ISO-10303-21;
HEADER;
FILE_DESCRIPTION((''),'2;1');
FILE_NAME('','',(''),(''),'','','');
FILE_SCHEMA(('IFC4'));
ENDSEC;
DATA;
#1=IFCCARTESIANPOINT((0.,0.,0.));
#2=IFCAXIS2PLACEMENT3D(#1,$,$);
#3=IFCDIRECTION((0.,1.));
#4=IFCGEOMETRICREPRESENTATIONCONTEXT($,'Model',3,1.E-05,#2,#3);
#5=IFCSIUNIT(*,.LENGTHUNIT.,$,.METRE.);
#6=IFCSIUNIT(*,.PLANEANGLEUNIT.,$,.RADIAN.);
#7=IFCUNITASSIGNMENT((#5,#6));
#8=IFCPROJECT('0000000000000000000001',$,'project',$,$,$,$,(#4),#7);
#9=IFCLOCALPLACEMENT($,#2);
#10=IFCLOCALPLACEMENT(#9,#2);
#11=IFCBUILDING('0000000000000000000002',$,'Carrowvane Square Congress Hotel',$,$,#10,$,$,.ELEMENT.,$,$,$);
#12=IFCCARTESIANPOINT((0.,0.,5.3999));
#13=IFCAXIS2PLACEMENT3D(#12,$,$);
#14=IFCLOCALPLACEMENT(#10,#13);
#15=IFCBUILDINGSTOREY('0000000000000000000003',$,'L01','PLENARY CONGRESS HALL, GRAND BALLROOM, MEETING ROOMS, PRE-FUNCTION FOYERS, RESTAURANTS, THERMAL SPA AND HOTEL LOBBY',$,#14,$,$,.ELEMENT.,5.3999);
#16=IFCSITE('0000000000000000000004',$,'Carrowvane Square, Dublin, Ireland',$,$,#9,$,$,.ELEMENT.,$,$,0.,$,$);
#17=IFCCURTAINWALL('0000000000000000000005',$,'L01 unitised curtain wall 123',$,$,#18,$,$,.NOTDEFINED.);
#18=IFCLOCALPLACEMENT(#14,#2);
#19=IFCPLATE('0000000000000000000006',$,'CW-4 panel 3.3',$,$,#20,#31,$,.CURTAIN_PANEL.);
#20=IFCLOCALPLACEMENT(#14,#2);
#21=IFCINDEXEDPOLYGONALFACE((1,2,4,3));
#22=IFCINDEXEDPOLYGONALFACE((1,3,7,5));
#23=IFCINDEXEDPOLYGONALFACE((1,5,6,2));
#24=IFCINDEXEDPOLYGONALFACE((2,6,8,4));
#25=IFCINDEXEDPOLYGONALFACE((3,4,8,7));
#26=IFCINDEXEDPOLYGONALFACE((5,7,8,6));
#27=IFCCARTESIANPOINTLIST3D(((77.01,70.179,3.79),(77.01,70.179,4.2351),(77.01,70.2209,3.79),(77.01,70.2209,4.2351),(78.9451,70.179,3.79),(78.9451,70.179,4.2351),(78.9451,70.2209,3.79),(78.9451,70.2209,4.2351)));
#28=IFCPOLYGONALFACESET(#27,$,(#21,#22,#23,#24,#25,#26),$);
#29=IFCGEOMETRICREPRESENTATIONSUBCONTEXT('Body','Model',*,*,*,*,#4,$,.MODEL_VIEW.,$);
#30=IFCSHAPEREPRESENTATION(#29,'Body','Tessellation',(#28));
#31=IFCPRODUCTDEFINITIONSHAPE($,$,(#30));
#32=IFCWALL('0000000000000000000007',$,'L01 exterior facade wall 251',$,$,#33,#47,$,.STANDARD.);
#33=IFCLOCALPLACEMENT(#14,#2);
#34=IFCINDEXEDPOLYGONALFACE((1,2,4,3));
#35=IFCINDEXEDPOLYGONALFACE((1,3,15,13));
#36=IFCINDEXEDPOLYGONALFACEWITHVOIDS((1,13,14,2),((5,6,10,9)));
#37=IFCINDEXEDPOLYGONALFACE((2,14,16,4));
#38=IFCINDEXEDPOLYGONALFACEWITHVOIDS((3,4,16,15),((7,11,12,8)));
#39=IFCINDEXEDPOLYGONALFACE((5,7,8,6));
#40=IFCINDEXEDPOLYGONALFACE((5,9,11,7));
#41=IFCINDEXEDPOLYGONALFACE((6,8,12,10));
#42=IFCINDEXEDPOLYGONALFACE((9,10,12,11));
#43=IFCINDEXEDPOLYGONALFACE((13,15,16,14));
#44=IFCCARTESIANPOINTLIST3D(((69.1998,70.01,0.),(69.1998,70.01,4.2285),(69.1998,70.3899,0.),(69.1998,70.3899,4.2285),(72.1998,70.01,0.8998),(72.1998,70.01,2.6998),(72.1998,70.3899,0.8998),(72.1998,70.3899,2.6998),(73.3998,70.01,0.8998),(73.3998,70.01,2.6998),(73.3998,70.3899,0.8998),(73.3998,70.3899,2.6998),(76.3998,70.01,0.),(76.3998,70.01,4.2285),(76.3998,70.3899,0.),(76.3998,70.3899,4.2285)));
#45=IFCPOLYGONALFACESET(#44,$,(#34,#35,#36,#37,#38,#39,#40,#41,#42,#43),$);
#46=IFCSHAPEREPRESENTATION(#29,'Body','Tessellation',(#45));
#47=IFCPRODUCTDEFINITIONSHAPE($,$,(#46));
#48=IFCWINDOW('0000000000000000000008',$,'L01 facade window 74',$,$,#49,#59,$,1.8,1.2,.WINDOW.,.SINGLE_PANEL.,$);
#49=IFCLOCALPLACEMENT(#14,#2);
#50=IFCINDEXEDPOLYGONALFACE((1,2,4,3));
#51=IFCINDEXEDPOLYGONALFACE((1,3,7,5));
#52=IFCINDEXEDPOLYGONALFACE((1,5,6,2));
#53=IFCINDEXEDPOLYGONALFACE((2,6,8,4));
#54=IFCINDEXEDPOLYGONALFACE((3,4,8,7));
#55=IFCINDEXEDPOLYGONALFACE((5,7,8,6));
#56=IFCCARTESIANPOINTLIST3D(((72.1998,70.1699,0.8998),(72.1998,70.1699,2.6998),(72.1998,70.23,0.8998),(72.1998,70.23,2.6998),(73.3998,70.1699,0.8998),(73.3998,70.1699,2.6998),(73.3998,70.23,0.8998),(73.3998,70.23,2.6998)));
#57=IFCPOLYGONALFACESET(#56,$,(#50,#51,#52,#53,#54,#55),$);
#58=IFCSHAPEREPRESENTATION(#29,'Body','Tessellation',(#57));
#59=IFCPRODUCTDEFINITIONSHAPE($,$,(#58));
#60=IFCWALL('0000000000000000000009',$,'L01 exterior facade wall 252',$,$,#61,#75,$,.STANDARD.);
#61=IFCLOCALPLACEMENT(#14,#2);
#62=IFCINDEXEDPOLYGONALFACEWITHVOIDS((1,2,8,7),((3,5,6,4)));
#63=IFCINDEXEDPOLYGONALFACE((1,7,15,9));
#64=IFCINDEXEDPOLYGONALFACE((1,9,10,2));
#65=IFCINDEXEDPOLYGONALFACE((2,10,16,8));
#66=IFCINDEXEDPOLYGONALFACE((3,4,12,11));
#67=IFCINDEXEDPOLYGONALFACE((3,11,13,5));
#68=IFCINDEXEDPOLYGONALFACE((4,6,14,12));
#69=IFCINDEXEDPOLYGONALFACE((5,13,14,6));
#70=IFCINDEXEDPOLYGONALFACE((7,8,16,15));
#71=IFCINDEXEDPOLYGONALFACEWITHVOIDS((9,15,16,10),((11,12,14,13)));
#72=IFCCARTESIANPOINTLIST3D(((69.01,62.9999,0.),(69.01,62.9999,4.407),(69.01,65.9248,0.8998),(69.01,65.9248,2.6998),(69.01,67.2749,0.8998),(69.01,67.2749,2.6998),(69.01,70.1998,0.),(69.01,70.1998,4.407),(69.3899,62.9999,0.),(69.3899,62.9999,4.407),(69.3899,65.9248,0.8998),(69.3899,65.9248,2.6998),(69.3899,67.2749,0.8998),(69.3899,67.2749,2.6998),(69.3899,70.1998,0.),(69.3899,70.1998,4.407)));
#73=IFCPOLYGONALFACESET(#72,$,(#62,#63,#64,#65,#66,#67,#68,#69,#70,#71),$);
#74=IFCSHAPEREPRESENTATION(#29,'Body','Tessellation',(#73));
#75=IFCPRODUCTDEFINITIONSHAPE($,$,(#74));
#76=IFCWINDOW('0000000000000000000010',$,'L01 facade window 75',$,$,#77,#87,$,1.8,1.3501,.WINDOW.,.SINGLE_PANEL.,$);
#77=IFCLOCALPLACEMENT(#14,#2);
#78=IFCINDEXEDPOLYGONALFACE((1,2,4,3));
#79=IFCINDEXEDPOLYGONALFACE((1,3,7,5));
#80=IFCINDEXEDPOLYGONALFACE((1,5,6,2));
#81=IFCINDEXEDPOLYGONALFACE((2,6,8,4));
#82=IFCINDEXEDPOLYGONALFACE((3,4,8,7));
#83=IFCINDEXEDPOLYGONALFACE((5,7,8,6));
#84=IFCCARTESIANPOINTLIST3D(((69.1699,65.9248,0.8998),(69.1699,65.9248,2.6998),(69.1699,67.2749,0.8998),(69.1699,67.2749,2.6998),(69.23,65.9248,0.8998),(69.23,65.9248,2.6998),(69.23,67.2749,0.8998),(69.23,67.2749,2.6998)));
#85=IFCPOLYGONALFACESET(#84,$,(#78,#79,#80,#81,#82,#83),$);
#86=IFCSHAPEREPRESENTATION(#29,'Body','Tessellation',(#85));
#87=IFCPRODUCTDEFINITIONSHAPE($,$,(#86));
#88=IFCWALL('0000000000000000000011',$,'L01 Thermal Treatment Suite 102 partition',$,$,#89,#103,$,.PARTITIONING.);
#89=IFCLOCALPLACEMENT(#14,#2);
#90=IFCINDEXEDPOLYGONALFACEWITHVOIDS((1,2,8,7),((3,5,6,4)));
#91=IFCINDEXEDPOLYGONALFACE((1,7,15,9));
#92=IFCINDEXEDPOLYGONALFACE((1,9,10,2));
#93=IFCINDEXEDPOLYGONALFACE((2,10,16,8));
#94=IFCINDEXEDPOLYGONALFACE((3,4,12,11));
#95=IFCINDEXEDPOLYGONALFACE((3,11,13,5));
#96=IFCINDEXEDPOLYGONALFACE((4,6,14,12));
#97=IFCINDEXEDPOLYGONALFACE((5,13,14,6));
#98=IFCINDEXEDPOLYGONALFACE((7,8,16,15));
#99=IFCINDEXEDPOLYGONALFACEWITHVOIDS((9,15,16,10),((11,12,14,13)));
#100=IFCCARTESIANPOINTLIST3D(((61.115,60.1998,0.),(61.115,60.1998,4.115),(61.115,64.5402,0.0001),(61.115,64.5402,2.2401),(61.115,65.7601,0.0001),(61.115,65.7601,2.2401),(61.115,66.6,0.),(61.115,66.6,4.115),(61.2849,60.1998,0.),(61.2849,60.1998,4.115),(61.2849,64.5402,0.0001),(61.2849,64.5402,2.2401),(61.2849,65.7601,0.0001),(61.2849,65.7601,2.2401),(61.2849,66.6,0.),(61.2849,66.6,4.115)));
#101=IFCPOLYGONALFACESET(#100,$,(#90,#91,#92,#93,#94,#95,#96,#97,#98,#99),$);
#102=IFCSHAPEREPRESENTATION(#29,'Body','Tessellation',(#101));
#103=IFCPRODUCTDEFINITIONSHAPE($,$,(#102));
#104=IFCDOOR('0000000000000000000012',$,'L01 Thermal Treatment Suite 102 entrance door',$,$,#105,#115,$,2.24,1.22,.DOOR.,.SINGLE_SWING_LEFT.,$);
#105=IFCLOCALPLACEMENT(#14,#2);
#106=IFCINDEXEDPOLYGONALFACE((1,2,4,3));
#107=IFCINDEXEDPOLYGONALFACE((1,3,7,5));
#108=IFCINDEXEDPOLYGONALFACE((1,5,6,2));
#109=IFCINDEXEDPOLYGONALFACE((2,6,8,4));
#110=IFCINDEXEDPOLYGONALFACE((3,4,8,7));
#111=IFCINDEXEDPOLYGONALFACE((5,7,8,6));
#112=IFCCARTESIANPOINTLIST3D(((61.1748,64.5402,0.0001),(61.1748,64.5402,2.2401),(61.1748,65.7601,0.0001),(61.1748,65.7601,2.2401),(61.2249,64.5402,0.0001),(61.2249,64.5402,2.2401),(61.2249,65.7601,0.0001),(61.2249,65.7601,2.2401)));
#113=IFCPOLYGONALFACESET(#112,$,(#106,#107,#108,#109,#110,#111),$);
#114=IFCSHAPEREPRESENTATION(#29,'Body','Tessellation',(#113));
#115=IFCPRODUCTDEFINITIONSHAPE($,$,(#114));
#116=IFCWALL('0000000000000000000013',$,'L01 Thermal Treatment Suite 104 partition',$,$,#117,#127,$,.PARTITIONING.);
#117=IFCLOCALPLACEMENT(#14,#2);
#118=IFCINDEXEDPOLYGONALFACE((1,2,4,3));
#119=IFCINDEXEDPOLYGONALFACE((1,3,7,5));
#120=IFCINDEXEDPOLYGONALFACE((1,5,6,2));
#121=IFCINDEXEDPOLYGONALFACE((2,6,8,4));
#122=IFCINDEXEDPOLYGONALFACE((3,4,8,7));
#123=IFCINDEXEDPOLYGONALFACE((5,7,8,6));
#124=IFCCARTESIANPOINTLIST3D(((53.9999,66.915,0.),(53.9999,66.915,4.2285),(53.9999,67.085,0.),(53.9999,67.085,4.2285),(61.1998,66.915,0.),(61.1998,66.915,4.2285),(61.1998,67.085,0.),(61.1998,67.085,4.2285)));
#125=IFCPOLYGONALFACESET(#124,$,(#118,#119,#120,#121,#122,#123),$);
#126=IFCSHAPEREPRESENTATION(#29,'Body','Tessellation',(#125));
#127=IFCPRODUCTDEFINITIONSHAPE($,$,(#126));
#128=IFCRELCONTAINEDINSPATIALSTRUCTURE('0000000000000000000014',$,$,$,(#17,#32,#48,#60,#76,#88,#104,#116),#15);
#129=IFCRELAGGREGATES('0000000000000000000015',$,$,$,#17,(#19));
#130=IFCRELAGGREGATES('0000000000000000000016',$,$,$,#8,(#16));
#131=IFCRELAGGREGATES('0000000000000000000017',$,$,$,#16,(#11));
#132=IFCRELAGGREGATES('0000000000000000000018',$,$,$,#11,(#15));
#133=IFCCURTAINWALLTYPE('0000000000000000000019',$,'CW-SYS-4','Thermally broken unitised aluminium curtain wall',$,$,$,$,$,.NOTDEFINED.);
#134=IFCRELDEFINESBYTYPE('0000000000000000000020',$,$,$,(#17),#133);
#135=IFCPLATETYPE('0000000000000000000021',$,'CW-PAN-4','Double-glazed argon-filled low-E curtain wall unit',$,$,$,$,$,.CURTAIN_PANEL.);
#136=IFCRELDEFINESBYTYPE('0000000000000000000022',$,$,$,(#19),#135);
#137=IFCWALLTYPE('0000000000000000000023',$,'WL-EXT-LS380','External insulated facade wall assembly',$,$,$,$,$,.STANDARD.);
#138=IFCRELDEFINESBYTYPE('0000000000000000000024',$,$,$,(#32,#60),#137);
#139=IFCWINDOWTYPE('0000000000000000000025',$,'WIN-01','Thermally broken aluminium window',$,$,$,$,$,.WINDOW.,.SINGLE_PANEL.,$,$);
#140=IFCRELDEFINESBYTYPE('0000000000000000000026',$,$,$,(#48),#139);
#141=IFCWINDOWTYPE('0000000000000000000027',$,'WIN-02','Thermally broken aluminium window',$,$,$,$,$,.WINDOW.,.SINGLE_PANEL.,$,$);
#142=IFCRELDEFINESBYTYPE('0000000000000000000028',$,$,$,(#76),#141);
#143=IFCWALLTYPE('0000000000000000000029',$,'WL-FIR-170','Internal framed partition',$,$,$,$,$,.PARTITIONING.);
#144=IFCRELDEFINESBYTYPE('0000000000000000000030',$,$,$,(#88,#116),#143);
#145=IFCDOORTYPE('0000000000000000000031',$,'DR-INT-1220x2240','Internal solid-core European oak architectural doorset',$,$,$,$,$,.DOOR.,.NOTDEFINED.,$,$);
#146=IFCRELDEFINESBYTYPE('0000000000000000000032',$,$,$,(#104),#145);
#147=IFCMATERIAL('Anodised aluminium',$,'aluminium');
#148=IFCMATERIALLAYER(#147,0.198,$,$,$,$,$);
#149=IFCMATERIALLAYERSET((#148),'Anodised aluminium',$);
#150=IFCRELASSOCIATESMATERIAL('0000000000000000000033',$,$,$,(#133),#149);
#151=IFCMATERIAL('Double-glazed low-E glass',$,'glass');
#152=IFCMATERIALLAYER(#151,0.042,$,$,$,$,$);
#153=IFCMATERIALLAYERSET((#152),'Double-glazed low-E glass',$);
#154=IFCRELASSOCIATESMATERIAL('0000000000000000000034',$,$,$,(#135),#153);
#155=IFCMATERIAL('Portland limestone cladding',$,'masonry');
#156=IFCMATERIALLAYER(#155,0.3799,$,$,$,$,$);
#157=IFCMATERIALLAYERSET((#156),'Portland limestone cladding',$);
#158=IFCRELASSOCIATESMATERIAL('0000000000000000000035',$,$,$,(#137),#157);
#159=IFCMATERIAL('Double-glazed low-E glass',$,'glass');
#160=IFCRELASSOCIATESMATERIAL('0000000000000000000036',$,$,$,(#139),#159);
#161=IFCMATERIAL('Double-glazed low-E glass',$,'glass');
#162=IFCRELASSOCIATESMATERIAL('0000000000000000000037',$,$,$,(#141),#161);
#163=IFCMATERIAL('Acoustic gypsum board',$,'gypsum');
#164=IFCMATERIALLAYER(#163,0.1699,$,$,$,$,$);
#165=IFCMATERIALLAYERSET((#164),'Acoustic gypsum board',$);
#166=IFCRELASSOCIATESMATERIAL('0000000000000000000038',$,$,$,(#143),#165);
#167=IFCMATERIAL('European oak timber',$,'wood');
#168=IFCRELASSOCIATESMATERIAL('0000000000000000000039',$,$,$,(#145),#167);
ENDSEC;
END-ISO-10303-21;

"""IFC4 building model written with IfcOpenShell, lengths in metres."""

from ifc_helpers import new_model, si_unit, direction, frame, frame_2d, origin, origin_2d, place, context, subcontext, project, spatial, rectangle, extrude, material, layer, layer_set, type_object, element, fill, aggregate, save


model = new_model("IFC4")

# Units and contexts
model_context = context("Model", 3, precision=1e-05, world=origin(), true_north=direction((0.0, 1.0)))
body_context = subcontext(model_context, "Body", "Model", "MODEL_VIEW")
ifc_project = project(units=[si_unit("LENGTHUNIT", "METRE"), si_unit("PLANEANGLEUNIT", "RADIAN")], contexts=[model_context])

# Site, building, storey
site_placement = place(None, origin())
site = spatial("IfcSite", under=ifc_project, at=site_placement, Name="Carrowvane Square, Dublin, Ireland", CompositionType="ELEMENT", RefElevation=0.0)
building_placement = place(site_placement, origin())
building = spatial("IfcBuilding", under=site, at=building_placement, Name="Carrowvane Square Congress Hotel", CompositionType="ELEMENT")
storey_placement = place(building_placement, frame((0.0, 0.0, 5.3999)))
storey = spatial("IfcBuildingStorey", under=building, at=storey_placement, Name="L01", Description="PLENARY CONGRESS HALL, GRAND BALLROOM, MEETING ROOMS, PRE-FUNCTION FOYERS, RESTAURANTS, THERMAL SPA AND HOTEL LOBBY", CompositionType="ELEMENT", Elevation=5.3999)

# Curtain wall, plate
ifc_material_1 = material(Name="Anodised aluminium", Category="aluminium")
ifc_layer_1 = layer(ifc_material_1, 0.198)
ifc_layer_set_1 = layer_set([ifc_layer_1], Name="Anodised aluminium")
curtain_wall_type = type_object("IfcCurtainWallType", Name="CW-SYS-4", Description="Thermally broken unitised aluminium curtain wall", PredefinedType="NOTDEFINED", material=ifc_layer_set_1)
curtain_wall_placement = place(storey_placement, origin())
curtain_wall = element("IfcCurtainWall", 1, at=curtain_wall_placement, inside=storey, type_object=curtain_wall_type, Name="L01 unitised curtain wall 123", PredefinedType="NOTDEFINED")
ifc_material_2 = material(Name="Double-glazed low-E glass", Category="glass")
ifc_layer_2 = layer(ifc_material_2, 0.042)
ifc_layer_set_2 = layer_set([ifc_layer_2], Name="Double-glazed low-E glass")
plate_type = type_object("IfcPlateType", Name="CW-PAN-4", Description="Double-glazed argon-filled low-E curtain wall unit", PredefinedType="CURTAIN_PANEL", material=ifc_layer_set_2)
plate_1_placement = place(storey_placement, frame((77.9775, 70.2, 3.79), z_axis=(0.0, 0.0, 1.0), x_axis=(-1.0, 0.0, 0.0)))
plate_1 = element("IfcPlate", 2, at=plate_1_placement, type_object=plate_type, Name="CW-4 panel 3.3", PredefinedType="CURTAIN_PANEL", context=body_context, shape_type="SweptSolid", body=[
    extrude(rectangle(XDim=1.9351, YDim=0.042, at=origin_2d()), origin(), (0.0, 0.0, 1.0), 0.4451),
])
aggregate(curtain_wall, [plate_1])

# Walls, openings, windows
ifc_material_3 = material(Name="Portland limestone cladding", Category="masonry")
ifc_layer_3 = layer(ifc_material_3, 0.3799)
ifc_layer_set_3 = layer_set([ifc_layer_3], Name="Portland limestone cladding")
wall_type_1 = type_object("IfcWallType", Name="WL-EXT-LS380", Description="External insulated facade wall assembly", PredefinedType="STANDARD", material=ifc_layer_set_3)
wall_1_placement = place(storey_placement, frame((76.3999, 70.2, 0.0), z_axis=(0.0, 0.0, 1.0), x_axis=(-1.0, 0.0, 0.0)))
wall_1 = element("IfcWall", 3, at=wall_1_placement, inside=storey, type_object=wall_type_1, Name="L01 exterior facade wall 251", PredefinedType="STANDARD", context=body_context, shape_type="SweptSolid", body=[
    extrude(rectangle(XDim=7.2, YDim=0.3799, at=frame_2d((3.6001, 0.0))), origin(), (0.0, 0.0, 1.0), 4.2285),
])
opening_1_placement = place(wall_1_placement, frame((3.0, 0.0, 0.8999)))
opening_1 = element("IfcOpeningElement", 4, at=opening_1_placement, cuts=wall_1, PredefinedType="OPENING", context=body_context, shape_type="SweptSolid", body=[
    extrude(rectangle(XDim=1.2, YDim=1.8, at=frame_2d((0.6001, 0.8999))), frame((0.0, 0.2, 0.0), z_axis=(0.0, -1.0, 0.0), x_axis=(1.0, 0.0, 0.0)), (0.0, 0.0, 1.0), 0.3999),
])
ifc_material_4 = material(Name="Double-glazed low-E glass", Category="glass")
window_type_1 = type_object("IfcWindowType", Name="WIN-01", Description="Thermally broken aluminium window", PartitioningType="SINGLE_PANEL", PredefinedType="WINDOW", material=ifc_material_4)
window_1_placement = place(opening_1_placement, origin())
window_1 = element("IfcWindow", 5, at=window_1_placement, inside=storey, type_object=window_type_1, Name="L01 facade window 74", OverallHeight=1.8, OverallWidth=1.2, PartitioningType="SINGLE_PANEL", PredefinedType="WINDOW", context=body_context, shape_type="SweptSolid", body=[
    extrude(rectangle(XDim=1.2, YDim=1.8, at=frame_2d((0.6001, 0.8999))), frame((0.0, 0.03, 0.0), z_axis=(0.0, -1.0, 0.0), x_axis=(1.0, 0.0, 0.0)), (0.0, 0.0, 1.0), 0.0601),
])
fill(opening_1, window_1)
wall_2_placement = place(storey_placement, frame((69.2, 70.2, 0.0), z_axis=(0.0, 0.0, 1.0), x_axis=(0.0, -1.0, 0.0)))
wall_2 = element("IfcWall", 6, at=wall_2_placement, inside=storey, type_object=wall_type_1, Name="L01 exterior facade wall 252", PredefinedType="STANDARD", context=body_context, shape_type="SweptSolid", body=[
    extrude(rectangle(XDim=7.2, YDim=0.3799, at=frame_2d((3.6001, 0.0))), origin(), (0.0, 0.0, 1.0), 4.407),
])
opening_2_placement = place(wall_2_placement, frame((2.925, 0.0, 0.8999)))
opening_2 = element("IfcOpeningElement", 7, at=opening_2_placement, cuts=wall_2, PredefinedType="OPENING", context=body_context, shape_type="SweptSolid", body=[
    extrude(rectangle(XDim=1.3501, YDim=1.8, at=frame_2d((0.675, 0.8999))), frame((0.0, 0.2, 0.0), z_axis=(0.0, -1.0, 0.0), x_axis=(1.0, 0.0, 0.0)), (0.0, 0.0, 1.0), 0.3999),
])
ifc_material_5 = material(Name="Double-glazed low-E glass", Category="glass")
window_type_2 = type_object("IfcWindowType", Name="WIN-02", Description="Thermally broken aluminium window", PartitioningType="SINGLE_PANEL", PredefinedType="WINDOW", material=ifc_material_5)
window_2_placement = place(opening_2_placement, origin())
window_2 = element("IfcWindow", 8, at=window_2_placement, inside=storey, type_object=window_type_2, Name="L01 facade window 75", OverallHeight=1.8, OverallWidth=1.3501, PartitioningType="SINGLE_PANEL", PredefinedType="WINDOW", context=body_context, shape_type="SweptSolid", body=[
    extrude(rectangle(XDim=1.3501, YDim=1.8, at=frame_2d((0.675, 0.8999))), frame((0.0, 0.03, 0.0), z_axis=(0.0, -1.0, 0.0), x_axis=(1.0, 0.0, 0.0)), (0.0, 0.0, 1.0), 0.0601),
])
fill(opening_2, window_2)

# Wall, opening, door
ifc_material_6 = material(Name="Acoustic gypsum board", Category="gypsum")
ifc_layer_4 = layer(ifc_material_6, 0.1699)
ifc_layer_set_4 = layer_set([ifc_layer_4], Name="Acoustic gypsum board")
wall_type_2 = type_object("IfcWallType", Name="WL-FIR-170", Description="Internal framed partition", PredefinedType="PARTITIONING", material=ifc_layer_set_4)
wall_3_placement = place(storey_placement, frame((61.2, 66.6001, 0.0), z_axis=(0.0, 0.0, 1.0), x_axis=(0.0, -1.0, 0.0)))
wall_3 = element("IfcWall", 9, at=wall_3_placement, inside=storey, type_object=wall_type_2, Name="L01 Thermal Treatment Suite 102 partition", PredefinedType="PARTITIONING", context=body_context, shape_type="SweptSolid", body=[
    extrude(rectangle(XDim=6.4001, YDim=0.1699, at=frame_2d((3.2002, 0.0))), origin(), (0.0, 0.0, 1.0), 4.115),
])
opening_3_placement = place(wall_3_placement, frame((0.8401, 0.0, 0.0)))
opening_3 = element("IfcOpeningElement", 10, at=opening_3_placement, cuts=wall_3, PredefinedType="OPENING", context=body_context, shape_type="SweptSolid", body=[
    extrude(rectangle(XDim=1.22, YDim=2.24, at=frame_2d((0.6099, 1.1201))), frame((0.0, 0.095, 0.0), z_axis=(0.0, -1.0, 0.0), x_axis=(1.0, 0.0, 0.0)), (0.0, 0.0, 1.0), 0.1899),
])
ifc_material_7 = material(Name="European oak timber", Category="wood")
door_type = type_object("IfcDoorType", Name="DR-INT-1220x2240", Description="Internal solid-core European oak architectural doorset", OperationType="NOTDEFINED", PredefinedType="DOOR", material=ifc_material_7)
door_placement = place(opening_3_placement, origin())
door = element("IfcDoor", 11, at=door_placement, inside=storey, type_object=door_type, Name="L01 Thermal Treatment Suite 102 entrance door", OperationType="SINGLE_SWING_LEFT", OverallHeight=2.24, OverallWidth=1.22, PredefinedType="DOOR", context=body_context, shape_type="SweptSolid", body=[
    extrude(rectangle(XDim=1.22, YDim=2.24, at=frame_2d((0.6099, 1.1201))), frame((0.0, 0.0249, 0.0), z_axis=(0.0, -1.0, 0.0), x_axis=(1.0, 0.0, 0.0)), (0.0, 0.0, 1.0), 0.05),
])
fill(opening_3, door)

# Wall
wall_4_placement = place(storey_placement, frame((61.2, 67.0, 0.0), z_axis=(0.0, 0.0, 1.0), x_axis=(-1.0, 0.0, 0.0)))
element("IfcWall", 12, at=wall_4_placement, inside=storey, type_object=wall_type_2, Name="L01 Thermal Treatment Suite 104 partition", PredefinedType="PARTITIONING", context=body_context, shape_type="SweptSolid", body=[
    extrude(rectangle(XDim=7.2, YDim=0.1699, at=frame_2d((3.6001, 0.0))), origin(), (0.0, 0.0, 1.0), 4.2285),
])

save(model, "model.ifc")
